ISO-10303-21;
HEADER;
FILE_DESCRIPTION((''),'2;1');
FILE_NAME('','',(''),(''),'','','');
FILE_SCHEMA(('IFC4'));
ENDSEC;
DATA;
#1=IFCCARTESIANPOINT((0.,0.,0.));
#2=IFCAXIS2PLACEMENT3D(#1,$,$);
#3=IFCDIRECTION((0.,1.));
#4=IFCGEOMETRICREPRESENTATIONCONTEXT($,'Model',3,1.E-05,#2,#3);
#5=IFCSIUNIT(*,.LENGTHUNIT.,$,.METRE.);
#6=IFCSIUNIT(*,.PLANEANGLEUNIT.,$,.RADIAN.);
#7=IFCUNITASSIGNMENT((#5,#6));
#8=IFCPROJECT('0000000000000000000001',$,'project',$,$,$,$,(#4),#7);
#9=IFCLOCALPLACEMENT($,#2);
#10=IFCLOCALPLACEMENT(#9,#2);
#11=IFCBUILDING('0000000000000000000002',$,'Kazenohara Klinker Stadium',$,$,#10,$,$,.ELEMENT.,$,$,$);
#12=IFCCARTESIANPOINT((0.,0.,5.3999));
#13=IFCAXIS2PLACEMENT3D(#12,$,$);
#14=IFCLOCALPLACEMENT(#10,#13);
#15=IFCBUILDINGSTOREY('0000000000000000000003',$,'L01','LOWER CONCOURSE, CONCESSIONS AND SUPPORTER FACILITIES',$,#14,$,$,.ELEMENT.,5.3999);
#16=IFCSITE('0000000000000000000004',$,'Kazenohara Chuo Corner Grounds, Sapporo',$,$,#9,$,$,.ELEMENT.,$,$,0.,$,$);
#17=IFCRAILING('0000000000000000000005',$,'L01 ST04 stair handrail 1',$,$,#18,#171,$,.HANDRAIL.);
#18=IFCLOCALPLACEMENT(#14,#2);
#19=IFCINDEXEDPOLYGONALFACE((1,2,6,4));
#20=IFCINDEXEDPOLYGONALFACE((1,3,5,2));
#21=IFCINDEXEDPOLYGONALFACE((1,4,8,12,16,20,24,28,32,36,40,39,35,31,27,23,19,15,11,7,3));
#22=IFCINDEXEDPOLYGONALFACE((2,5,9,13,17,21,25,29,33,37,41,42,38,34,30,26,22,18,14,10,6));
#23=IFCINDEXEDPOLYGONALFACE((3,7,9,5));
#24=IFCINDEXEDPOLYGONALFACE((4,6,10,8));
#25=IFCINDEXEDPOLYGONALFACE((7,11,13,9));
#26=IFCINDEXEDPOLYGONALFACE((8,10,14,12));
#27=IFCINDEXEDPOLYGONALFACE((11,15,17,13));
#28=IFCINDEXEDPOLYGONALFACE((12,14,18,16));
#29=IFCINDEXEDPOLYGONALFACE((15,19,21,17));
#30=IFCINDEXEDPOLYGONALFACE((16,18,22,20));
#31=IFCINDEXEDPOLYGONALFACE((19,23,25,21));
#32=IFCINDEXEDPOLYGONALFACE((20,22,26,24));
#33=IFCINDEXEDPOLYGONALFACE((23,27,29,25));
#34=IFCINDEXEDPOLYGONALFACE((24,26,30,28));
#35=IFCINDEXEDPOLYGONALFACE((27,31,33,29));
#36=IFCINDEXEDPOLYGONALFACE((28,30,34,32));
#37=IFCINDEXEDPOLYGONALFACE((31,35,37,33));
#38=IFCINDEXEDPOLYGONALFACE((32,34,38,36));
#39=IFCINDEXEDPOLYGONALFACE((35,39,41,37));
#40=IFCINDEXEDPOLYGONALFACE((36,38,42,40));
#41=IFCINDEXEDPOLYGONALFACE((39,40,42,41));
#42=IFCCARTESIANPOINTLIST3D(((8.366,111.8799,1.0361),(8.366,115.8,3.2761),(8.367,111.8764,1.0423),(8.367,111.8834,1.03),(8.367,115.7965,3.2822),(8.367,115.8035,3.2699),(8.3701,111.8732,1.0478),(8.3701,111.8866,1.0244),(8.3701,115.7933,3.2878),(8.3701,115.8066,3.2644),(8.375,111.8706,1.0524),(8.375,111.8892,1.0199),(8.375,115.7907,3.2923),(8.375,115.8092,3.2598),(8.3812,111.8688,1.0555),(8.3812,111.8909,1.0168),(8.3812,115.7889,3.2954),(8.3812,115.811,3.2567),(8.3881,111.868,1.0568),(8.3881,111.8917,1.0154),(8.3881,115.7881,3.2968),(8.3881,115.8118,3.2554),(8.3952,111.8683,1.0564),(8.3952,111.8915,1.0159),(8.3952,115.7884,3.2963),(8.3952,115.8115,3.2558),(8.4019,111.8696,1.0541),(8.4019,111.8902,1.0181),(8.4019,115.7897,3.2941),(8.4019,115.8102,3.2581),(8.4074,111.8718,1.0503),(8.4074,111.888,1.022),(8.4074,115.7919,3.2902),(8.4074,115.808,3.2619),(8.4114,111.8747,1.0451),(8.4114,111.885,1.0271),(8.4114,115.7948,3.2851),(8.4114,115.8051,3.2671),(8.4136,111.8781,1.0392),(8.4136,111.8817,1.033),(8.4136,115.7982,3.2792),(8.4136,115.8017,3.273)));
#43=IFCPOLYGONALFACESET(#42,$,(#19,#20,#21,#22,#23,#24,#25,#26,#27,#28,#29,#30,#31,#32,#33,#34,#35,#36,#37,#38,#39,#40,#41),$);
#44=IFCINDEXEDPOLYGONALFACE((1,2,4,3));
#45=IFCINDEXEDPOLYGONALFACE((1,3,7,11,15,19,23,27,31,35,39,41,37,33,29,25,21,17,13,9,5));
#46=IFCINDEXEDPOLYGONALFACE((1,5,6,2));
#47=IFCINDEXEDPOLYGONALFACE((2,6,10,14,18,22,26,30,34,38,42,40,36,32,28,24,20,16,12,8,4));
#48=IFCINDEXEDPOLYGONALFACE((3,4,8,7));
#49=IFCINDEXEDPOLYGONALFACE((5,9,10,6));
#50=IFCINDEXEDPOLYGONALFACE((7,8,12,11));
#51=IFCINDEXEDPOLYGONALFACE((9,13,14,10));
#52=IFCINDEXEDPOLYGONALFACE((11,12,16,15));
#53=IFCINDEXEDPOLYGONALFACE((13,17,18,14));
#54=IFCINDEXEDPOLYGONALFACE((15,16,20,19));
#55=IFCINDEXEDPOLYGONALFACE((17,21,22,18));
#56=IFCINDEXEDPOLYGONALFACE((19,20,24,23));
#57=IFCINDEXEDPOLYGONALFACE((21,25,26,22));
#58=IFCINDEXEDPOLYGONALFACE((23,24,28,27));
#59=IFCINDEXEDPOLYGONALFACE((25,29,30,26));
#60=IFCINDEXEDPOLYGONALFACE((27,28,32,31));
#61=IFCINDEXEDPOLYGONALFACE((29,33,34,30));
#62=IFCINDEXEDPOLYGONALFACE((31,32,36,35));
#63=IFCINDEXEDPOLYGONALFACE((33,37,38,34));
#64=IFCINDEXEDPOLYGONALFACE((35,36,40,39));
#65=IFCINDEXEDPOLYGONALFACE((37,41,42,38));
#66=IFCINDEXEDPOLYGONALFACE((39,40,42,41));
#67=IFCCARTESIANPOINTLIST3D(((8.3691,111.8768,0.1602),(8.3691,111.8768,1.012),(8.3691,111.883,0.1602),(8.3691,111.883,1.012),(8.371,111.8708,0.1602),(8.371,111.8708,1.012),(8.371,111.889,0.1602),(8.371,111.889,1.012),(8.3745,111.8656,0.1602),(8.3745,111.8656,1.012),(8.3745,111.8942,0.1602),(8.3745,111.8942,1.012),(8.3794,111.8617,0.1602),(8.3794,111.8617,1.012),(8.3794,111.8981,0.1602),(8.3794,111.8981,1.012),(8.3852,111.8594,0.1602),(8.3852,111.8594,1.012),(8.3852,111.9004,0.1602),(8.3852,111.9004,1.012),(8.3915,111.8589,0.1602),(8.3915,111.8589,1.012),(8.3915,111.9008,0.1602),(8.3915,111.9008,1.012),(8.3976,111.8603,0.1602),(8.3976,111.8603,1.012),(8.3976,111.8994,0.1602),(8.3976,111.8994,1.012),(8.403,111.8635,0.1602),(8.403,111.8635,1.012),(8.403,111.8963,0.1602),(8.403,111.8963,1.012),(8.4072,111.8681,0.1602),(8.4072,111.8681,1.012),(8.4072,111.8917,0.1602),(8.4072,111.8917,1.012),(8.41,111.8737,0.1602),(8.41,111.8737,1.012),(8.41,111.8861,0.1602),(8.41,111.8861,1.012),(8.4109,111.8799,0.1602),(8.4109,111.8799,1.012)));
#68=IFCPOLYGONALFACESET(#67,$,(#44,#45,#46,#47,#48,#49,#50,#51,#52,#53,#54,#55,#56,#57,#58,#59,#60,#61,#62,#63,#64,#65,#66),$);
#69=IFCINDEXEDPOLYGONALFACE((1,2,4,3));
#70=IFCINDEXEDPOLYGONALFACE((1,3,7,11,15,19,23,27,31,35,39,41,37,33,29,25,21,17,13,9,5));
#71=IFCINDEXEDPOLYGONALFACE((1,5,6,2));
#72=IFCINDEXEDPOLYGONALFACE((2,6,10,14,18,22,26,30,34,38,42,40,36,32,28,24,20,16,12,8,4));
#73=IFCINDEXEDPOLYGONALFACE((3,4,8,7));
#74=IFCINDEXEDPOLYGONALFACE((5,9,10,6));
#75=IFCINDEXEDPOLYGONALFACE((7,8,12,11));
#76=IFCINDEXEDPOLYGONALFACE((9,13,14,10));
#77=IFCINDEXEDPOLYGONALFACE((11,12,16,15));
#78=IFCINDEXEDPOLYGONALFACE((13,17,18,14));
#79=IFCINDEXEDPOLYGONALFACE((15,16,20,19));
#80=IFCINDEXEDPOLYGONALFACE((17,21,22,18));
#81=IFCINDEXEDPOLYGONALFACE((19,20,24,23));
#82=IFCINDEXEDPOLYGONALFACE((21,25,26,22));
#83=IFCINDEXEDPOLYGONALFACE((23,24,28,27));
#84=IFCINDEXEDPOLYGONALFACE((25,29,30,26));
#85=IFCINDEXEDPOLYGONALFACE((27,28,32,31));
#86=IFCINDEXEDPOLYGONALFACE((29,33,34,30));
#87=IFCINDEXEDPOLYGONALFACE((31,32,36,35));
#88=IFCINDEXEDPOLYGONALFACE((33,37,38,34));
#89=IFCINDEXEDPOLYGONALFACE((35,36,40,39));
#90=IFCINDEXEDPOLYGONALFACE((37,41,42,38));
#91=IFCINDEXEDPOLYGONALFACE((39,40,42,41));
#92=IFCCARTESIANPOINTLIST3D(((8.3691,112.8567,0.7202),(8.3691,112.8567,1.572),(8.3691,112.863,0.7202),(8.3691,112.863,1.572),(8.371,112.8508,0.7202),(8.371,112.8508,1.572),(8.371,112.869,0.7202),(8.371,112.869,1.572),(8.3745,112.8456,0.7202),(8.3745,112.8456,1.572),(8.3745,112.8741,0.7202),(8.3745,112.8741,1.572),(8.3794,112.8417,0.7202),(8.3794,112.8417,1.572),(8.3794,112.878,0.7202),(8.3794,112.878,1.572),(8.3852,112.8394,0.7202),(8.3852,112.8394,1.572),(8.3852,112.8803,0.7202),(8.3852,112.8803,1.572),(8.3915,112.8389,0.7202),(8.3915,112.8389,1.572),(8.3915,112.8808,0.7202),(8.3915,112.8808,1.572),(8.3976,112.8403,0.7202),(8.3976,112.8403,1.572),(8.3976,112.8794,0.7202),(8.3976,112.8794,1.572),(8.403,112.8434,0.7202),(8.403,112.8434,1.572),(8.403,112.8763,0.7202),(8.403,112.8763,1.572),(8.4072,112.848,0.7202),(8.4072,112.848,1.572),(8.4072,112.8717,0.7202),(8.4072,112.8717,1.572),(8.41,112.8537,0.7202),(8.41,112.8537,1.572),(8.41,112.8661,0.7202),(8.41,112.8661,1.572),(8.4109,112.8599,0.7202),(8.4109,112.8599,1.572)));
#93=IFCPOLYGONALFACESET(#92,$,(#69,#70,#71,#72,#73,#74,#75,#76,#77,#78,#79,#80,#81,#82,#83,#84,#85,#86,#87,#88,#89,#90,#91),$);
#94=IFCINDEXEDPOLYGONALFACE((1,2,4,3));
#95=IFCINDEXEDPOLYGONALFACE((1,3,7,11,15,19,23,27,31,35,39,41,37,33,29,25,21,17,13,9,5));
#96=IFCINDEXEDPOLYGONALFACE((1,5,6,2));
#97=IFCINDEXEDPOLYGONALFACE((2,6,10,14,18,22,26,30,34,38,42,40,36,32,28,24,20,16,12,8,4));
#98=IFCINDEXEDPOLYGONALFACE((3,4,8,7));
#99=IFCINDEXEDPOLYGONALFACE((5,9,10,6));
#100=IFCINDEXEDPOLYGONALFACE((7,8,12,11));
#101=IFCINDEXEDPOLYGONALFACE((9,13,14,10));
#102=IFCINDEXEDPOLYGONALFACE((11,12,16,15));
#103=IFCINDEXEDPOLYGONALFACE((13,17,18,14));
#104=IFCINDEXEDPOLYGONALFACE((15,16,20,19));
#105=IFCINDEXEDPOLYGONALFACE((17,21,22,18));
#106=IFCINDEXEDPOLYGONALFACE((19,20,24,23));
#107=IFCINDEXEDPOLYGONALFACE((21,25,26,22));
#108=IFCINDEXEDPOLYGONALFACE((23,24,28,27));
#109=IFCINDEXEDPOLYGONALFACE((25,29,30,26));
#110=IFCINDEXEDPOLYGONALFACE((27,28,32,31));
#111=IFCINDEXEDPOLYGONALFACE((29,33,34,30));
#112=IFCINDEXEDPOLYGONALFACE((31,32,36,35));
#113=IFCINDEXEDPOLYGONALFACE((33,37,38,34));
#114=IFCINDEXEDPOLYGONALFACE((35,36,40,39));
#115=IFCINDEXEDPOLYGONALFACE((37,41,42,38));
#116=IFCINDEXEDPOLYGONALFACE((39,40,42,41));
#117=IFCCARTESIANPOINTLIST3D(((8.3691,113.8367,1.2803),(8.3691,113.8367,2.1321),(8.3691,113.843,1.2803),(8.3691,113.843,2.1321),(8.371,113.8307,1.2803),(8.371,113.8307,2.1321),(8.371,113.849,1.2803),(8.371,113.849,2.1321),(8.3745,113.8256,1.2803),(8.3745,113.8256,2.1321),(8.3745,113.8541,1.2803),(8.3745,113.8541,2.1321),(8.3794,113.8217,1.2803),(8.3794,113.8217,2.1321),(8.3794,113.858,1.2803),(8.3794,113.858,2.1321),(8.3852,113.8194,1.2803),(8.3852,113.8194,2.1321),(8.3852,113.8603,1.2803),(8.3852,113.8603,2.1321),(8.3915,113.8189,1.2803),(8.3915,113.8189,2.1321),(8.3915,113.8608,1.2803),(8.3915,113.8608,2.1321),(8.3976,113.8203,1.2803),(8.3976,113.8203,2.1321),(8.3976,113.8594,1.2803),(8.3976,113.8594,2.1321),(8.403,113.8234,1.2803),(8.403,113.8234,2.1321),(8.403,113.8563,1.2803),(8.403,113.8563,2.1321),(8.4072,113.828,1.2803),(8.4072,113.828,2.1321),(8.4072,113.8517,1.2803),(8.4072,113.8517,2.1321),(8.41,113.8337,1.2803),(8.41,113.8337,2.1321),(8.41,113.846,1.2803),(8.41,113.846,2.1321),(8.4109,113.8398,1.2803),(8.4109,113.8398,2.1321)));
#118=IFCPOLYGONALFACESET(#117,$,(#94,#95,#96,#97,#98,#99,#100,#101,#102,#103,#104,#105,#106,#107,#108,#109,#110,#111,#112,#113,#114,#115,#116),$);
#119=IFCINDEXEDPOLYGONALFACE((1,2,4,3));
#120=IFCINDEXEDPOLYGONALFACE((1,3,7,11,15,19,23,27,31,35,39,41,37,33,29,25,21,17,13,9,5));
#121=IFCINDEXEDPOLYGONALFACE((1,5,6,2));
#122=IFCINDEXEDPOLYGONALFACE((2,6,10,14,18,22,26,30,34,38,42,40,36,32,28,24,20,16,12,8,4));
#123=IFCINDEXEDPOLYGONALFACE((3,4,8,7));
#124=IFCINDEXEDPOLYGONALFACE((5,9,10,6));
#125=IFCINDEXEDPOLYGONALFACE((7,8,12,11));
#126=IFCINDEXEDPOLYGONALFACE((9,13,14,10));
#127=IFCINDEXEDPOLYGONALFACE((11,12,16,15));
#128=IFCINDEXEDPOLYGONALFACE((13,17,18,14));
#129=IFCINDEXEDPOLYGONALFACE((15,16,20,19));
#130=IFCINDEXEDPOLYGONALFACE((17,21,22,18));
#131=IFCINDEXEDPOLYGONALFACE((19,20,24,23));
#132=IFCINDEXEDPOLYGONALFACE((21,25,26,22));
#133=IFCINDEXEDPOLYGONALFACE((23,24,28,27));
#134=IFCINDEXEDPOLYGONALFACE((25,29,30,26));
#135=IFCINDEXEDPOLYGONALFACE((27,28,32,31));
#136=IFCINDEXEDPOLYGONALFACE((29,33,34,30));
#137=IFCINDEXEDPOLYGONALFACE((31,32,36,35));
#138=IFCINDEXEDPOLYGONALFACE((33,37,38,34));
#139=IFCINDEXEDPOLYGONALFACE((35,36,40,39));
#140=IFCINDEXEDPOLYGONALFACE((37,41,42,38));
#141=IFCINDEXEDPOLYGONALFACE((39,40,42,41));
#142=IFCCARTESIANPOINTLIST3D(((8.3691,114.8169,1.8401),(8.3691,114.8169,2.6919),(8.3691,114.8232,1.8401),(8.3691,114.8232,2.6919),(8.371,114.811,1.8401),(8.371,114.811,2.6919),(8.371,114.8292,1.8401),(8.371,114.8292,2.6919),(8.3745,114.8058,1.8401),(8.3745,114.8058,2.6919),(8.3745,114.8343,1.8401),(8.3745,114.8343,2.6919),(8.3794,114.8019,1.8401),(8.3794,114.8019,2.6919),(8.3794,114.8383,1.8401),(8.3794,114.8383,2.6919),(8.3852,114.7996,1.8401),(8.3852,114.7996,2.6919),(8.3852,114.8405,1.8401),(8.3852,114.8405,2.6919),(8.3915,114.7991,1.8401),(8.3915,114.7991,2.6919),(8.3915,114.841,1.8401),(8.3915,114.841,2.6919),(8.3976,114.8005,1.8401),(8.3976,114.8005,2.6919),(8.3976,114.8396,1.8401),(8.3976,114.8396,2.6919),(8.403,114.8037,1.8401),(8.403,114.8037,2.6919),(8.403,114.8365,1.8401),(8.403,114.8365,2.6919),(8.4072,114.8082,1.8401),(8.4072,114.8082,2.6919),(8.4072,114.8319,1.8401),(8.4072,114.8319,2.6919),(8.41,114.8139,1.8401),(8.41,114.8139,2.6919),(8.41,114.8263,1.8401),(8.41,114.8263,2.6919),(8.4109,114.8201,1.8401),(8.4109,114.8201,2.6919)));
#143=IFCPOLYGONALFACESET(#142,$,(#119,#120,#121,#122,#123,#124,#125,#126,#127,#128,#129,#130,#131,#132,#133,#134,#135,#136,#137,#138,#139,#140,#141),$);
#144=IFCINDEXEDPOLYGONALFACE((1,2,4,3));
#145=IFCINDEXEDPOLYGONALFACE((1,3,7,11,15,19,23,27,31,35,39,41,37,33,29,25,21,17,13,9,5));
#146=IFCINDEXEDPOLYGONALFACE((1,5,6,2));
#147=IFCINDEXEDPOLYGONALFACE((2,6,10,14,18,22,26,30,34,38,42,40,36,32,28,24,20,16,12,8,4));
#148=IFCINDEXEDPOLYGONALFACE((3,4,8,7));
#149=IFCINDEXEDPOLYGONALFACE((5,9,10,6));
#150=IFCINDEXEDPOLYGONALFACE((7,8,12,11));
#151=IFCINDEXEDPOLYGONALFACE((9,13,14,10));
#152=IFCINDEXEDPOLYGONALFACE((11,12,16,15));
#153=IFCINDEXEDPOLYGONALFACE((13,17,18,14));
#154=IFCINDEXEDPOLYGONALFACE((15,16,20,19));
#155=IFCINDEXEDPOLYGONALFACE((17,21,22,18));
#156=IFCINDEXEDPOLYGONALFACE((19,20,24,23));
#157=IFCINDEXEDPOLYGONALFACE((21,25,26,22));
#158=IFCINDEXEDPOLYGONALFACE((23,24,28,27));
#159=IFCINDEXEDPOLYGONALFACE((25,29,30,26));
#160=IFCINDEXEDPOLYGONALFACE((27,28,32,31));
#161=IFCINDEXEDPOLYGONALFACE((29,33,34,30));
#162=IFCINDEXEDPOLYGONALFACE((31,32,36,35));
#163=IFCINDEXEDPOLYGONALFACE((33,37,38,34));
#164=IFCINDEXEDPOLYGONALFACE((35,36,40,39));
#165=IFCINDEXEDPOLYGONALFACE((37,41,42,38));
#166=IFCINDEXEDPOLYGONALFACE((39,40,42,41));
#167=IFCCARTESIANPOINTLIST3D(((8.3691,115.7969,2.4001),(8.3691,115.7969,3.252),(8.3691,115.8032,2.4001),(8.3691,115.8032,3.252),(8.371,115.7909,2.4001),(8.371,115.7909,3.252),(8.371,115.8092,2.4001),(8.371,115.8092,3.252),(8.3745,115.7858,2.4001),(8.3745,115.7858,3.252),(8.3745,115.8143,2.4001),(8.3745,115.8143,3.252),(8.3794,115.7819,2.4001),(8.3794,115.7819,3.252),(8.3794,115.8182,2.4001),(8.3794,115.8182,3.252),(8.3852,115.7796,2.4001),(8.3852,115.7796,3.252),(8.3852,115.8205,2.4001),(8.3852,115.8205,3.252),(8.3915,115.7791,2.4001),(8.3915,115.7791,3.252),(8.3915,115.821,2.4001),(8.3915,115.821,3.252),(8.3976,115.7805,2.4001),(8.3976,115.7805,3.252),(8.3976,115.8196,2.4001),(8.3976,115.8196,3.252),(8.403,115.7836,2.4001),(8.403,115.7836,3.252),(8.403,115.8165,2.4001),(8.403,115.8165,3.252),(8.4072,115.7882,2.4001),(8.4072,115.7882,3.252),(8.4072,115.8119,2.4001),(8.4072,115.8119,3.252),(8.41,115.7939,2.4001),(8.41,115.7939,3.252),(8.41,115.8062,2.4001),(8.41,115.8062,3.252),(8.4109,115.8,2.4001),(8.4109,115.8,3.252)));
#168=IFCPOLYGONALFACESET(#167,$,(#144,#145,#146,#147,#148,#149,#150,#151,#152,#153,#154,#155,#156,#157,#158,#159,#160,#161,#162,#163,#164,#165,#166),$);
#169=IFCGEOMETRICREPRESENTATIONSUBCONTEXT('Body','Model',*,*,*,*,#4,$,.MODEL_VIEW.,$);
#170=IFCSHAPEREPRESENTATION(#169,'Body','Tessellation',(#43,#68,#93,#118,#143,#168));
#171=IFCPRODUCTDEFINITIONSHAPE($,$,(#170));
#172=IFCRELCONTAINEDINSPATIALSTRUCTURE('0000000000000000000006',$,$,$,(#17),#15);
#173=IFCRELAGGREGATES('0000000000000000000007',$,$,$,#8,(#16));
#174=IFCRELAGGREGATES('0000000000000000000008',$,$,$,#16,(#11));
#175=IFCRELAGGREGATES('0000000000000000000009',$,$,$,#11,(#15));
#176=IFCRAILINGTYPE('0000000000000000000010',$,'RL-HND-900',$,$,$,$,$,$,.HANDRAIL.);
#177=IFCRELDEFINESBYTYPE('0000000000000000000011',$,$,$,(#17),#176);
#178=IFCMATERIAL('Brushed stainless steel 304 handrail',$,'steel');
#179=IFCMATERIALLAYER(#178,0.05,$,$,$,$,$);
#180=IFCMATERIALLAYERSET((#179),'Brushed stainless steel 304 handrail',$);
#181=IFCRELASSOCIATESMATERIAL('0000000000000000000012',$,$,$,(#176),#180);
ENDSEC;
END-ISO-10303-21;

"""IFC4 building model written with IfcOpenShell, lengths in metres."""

from ifc_helpers import new_model, si_unit, direction, frame, origin, origin_2d, place, context, subcontext, project, spatial, circle, extrude, material, layer, layer_set, type_object, element, save


model = new_model("IFC4")

# Units and contexts
model_context = context("Model", 3, precision=1e-05, world=origin(), true_north=direction((0.0, 1.0)))
body_context = subcontext(model_context, "Body", "Model", "MODEL_VIEW")
ifc_project = project(units=[si_unit("LENGTHUNIT", "METRE"), si_unit("PLANEANGLEUNIT", "RADIAN")], contexts=[model_context])

# Site, building, storey
site_placement = place(None, origin())
site = spatial("IfcSite", under=ifc_project, at=site_placement, Name="Kazenohara Chuo Corner Grounds, Sapporo", CompositionType="ELEMENT", RefElevation=0.0)
building_placement = place(site_placement, origin())
building = spatial("IfcBuilding", under=site, at=building_placement, Name="Kazenohara Klinker Stadium", CompositionType="ELEMENT")
storey_placement = place(building_placement, frame((0.0, 0.0, 5.3999)))
storey = spatial("IfcBuildingStorey", under=building, at=storey_placement, Name="L01", Description="LOWER CONCOURSE, CONCESSIONS AND SUPPORTER FACILITIES", CompositionType="ELEMENT", Elevation=5.3999)

# Railing
ifc_material_1 = material(Name="Brushed stainless steel 304 handrail", Category="steel")
ifc_layer_1 = layer(ifc_material_1, 0.05)
ifc_layer_set_1 = layer_set([ifc_layer_1], Name="Brushed stainless steel 304 handrail")
railing_type_1 = type_object("IfcRailingType", Name="RL-HND-900", PredefinedType="HANDRAIL", material=ifc_layer_set_1)
railing_1_placement = place(storey_placement, frame((8.3899, 111.8799, 0.1602)))
element("IfcRailing", 1, at=railing_1_placement, inside=storey, type_object=railing_type_1, Name="L01 ST04 stair handrail 1", PredefinedType="HANDRAIL", context=body_context, shape_type="SweptSolid", body=[
    extrude(circle(Radius=0.0239, at=origin_2d()), frame((0.0, 0.0, 0.876), z_axis=(0.0, 0.868253, 0.496121), x_axis=(-1.0, 0.0, 0.0)), (0.0, 0.0, 1.0), 4.5149),
    extrude(circle(Radius=0.021, at=origin_2d()), origin(), (0.0, 0.0, 1.0), 0.8518),
    extrude(circle(Radius=0.021, at=origin_2d()), frame((0.0, 0.98, 0.5601)), (0.0, 0.0, 1.0), 0.8518),
    extrude(circle(Radius=0.021, at=origin_2d()), frame((0.0, 1.96, 1.1201)), (0.0, 0.0, 1.0), 0.8518),
    extrude(circle(Radius=0.021, at=origin_2d()), frame((0.0, 2.9402, 1.6799)), (0.0, 0.0, 1.0), 0.8518),
    extrude(circle(Radius=0.021, at=origin_2d()), frame((0.0, 3.9202, 2.24)), (0.0, 0.0, 1.0), 0.8518),
])

save(model, "model.ifc")
